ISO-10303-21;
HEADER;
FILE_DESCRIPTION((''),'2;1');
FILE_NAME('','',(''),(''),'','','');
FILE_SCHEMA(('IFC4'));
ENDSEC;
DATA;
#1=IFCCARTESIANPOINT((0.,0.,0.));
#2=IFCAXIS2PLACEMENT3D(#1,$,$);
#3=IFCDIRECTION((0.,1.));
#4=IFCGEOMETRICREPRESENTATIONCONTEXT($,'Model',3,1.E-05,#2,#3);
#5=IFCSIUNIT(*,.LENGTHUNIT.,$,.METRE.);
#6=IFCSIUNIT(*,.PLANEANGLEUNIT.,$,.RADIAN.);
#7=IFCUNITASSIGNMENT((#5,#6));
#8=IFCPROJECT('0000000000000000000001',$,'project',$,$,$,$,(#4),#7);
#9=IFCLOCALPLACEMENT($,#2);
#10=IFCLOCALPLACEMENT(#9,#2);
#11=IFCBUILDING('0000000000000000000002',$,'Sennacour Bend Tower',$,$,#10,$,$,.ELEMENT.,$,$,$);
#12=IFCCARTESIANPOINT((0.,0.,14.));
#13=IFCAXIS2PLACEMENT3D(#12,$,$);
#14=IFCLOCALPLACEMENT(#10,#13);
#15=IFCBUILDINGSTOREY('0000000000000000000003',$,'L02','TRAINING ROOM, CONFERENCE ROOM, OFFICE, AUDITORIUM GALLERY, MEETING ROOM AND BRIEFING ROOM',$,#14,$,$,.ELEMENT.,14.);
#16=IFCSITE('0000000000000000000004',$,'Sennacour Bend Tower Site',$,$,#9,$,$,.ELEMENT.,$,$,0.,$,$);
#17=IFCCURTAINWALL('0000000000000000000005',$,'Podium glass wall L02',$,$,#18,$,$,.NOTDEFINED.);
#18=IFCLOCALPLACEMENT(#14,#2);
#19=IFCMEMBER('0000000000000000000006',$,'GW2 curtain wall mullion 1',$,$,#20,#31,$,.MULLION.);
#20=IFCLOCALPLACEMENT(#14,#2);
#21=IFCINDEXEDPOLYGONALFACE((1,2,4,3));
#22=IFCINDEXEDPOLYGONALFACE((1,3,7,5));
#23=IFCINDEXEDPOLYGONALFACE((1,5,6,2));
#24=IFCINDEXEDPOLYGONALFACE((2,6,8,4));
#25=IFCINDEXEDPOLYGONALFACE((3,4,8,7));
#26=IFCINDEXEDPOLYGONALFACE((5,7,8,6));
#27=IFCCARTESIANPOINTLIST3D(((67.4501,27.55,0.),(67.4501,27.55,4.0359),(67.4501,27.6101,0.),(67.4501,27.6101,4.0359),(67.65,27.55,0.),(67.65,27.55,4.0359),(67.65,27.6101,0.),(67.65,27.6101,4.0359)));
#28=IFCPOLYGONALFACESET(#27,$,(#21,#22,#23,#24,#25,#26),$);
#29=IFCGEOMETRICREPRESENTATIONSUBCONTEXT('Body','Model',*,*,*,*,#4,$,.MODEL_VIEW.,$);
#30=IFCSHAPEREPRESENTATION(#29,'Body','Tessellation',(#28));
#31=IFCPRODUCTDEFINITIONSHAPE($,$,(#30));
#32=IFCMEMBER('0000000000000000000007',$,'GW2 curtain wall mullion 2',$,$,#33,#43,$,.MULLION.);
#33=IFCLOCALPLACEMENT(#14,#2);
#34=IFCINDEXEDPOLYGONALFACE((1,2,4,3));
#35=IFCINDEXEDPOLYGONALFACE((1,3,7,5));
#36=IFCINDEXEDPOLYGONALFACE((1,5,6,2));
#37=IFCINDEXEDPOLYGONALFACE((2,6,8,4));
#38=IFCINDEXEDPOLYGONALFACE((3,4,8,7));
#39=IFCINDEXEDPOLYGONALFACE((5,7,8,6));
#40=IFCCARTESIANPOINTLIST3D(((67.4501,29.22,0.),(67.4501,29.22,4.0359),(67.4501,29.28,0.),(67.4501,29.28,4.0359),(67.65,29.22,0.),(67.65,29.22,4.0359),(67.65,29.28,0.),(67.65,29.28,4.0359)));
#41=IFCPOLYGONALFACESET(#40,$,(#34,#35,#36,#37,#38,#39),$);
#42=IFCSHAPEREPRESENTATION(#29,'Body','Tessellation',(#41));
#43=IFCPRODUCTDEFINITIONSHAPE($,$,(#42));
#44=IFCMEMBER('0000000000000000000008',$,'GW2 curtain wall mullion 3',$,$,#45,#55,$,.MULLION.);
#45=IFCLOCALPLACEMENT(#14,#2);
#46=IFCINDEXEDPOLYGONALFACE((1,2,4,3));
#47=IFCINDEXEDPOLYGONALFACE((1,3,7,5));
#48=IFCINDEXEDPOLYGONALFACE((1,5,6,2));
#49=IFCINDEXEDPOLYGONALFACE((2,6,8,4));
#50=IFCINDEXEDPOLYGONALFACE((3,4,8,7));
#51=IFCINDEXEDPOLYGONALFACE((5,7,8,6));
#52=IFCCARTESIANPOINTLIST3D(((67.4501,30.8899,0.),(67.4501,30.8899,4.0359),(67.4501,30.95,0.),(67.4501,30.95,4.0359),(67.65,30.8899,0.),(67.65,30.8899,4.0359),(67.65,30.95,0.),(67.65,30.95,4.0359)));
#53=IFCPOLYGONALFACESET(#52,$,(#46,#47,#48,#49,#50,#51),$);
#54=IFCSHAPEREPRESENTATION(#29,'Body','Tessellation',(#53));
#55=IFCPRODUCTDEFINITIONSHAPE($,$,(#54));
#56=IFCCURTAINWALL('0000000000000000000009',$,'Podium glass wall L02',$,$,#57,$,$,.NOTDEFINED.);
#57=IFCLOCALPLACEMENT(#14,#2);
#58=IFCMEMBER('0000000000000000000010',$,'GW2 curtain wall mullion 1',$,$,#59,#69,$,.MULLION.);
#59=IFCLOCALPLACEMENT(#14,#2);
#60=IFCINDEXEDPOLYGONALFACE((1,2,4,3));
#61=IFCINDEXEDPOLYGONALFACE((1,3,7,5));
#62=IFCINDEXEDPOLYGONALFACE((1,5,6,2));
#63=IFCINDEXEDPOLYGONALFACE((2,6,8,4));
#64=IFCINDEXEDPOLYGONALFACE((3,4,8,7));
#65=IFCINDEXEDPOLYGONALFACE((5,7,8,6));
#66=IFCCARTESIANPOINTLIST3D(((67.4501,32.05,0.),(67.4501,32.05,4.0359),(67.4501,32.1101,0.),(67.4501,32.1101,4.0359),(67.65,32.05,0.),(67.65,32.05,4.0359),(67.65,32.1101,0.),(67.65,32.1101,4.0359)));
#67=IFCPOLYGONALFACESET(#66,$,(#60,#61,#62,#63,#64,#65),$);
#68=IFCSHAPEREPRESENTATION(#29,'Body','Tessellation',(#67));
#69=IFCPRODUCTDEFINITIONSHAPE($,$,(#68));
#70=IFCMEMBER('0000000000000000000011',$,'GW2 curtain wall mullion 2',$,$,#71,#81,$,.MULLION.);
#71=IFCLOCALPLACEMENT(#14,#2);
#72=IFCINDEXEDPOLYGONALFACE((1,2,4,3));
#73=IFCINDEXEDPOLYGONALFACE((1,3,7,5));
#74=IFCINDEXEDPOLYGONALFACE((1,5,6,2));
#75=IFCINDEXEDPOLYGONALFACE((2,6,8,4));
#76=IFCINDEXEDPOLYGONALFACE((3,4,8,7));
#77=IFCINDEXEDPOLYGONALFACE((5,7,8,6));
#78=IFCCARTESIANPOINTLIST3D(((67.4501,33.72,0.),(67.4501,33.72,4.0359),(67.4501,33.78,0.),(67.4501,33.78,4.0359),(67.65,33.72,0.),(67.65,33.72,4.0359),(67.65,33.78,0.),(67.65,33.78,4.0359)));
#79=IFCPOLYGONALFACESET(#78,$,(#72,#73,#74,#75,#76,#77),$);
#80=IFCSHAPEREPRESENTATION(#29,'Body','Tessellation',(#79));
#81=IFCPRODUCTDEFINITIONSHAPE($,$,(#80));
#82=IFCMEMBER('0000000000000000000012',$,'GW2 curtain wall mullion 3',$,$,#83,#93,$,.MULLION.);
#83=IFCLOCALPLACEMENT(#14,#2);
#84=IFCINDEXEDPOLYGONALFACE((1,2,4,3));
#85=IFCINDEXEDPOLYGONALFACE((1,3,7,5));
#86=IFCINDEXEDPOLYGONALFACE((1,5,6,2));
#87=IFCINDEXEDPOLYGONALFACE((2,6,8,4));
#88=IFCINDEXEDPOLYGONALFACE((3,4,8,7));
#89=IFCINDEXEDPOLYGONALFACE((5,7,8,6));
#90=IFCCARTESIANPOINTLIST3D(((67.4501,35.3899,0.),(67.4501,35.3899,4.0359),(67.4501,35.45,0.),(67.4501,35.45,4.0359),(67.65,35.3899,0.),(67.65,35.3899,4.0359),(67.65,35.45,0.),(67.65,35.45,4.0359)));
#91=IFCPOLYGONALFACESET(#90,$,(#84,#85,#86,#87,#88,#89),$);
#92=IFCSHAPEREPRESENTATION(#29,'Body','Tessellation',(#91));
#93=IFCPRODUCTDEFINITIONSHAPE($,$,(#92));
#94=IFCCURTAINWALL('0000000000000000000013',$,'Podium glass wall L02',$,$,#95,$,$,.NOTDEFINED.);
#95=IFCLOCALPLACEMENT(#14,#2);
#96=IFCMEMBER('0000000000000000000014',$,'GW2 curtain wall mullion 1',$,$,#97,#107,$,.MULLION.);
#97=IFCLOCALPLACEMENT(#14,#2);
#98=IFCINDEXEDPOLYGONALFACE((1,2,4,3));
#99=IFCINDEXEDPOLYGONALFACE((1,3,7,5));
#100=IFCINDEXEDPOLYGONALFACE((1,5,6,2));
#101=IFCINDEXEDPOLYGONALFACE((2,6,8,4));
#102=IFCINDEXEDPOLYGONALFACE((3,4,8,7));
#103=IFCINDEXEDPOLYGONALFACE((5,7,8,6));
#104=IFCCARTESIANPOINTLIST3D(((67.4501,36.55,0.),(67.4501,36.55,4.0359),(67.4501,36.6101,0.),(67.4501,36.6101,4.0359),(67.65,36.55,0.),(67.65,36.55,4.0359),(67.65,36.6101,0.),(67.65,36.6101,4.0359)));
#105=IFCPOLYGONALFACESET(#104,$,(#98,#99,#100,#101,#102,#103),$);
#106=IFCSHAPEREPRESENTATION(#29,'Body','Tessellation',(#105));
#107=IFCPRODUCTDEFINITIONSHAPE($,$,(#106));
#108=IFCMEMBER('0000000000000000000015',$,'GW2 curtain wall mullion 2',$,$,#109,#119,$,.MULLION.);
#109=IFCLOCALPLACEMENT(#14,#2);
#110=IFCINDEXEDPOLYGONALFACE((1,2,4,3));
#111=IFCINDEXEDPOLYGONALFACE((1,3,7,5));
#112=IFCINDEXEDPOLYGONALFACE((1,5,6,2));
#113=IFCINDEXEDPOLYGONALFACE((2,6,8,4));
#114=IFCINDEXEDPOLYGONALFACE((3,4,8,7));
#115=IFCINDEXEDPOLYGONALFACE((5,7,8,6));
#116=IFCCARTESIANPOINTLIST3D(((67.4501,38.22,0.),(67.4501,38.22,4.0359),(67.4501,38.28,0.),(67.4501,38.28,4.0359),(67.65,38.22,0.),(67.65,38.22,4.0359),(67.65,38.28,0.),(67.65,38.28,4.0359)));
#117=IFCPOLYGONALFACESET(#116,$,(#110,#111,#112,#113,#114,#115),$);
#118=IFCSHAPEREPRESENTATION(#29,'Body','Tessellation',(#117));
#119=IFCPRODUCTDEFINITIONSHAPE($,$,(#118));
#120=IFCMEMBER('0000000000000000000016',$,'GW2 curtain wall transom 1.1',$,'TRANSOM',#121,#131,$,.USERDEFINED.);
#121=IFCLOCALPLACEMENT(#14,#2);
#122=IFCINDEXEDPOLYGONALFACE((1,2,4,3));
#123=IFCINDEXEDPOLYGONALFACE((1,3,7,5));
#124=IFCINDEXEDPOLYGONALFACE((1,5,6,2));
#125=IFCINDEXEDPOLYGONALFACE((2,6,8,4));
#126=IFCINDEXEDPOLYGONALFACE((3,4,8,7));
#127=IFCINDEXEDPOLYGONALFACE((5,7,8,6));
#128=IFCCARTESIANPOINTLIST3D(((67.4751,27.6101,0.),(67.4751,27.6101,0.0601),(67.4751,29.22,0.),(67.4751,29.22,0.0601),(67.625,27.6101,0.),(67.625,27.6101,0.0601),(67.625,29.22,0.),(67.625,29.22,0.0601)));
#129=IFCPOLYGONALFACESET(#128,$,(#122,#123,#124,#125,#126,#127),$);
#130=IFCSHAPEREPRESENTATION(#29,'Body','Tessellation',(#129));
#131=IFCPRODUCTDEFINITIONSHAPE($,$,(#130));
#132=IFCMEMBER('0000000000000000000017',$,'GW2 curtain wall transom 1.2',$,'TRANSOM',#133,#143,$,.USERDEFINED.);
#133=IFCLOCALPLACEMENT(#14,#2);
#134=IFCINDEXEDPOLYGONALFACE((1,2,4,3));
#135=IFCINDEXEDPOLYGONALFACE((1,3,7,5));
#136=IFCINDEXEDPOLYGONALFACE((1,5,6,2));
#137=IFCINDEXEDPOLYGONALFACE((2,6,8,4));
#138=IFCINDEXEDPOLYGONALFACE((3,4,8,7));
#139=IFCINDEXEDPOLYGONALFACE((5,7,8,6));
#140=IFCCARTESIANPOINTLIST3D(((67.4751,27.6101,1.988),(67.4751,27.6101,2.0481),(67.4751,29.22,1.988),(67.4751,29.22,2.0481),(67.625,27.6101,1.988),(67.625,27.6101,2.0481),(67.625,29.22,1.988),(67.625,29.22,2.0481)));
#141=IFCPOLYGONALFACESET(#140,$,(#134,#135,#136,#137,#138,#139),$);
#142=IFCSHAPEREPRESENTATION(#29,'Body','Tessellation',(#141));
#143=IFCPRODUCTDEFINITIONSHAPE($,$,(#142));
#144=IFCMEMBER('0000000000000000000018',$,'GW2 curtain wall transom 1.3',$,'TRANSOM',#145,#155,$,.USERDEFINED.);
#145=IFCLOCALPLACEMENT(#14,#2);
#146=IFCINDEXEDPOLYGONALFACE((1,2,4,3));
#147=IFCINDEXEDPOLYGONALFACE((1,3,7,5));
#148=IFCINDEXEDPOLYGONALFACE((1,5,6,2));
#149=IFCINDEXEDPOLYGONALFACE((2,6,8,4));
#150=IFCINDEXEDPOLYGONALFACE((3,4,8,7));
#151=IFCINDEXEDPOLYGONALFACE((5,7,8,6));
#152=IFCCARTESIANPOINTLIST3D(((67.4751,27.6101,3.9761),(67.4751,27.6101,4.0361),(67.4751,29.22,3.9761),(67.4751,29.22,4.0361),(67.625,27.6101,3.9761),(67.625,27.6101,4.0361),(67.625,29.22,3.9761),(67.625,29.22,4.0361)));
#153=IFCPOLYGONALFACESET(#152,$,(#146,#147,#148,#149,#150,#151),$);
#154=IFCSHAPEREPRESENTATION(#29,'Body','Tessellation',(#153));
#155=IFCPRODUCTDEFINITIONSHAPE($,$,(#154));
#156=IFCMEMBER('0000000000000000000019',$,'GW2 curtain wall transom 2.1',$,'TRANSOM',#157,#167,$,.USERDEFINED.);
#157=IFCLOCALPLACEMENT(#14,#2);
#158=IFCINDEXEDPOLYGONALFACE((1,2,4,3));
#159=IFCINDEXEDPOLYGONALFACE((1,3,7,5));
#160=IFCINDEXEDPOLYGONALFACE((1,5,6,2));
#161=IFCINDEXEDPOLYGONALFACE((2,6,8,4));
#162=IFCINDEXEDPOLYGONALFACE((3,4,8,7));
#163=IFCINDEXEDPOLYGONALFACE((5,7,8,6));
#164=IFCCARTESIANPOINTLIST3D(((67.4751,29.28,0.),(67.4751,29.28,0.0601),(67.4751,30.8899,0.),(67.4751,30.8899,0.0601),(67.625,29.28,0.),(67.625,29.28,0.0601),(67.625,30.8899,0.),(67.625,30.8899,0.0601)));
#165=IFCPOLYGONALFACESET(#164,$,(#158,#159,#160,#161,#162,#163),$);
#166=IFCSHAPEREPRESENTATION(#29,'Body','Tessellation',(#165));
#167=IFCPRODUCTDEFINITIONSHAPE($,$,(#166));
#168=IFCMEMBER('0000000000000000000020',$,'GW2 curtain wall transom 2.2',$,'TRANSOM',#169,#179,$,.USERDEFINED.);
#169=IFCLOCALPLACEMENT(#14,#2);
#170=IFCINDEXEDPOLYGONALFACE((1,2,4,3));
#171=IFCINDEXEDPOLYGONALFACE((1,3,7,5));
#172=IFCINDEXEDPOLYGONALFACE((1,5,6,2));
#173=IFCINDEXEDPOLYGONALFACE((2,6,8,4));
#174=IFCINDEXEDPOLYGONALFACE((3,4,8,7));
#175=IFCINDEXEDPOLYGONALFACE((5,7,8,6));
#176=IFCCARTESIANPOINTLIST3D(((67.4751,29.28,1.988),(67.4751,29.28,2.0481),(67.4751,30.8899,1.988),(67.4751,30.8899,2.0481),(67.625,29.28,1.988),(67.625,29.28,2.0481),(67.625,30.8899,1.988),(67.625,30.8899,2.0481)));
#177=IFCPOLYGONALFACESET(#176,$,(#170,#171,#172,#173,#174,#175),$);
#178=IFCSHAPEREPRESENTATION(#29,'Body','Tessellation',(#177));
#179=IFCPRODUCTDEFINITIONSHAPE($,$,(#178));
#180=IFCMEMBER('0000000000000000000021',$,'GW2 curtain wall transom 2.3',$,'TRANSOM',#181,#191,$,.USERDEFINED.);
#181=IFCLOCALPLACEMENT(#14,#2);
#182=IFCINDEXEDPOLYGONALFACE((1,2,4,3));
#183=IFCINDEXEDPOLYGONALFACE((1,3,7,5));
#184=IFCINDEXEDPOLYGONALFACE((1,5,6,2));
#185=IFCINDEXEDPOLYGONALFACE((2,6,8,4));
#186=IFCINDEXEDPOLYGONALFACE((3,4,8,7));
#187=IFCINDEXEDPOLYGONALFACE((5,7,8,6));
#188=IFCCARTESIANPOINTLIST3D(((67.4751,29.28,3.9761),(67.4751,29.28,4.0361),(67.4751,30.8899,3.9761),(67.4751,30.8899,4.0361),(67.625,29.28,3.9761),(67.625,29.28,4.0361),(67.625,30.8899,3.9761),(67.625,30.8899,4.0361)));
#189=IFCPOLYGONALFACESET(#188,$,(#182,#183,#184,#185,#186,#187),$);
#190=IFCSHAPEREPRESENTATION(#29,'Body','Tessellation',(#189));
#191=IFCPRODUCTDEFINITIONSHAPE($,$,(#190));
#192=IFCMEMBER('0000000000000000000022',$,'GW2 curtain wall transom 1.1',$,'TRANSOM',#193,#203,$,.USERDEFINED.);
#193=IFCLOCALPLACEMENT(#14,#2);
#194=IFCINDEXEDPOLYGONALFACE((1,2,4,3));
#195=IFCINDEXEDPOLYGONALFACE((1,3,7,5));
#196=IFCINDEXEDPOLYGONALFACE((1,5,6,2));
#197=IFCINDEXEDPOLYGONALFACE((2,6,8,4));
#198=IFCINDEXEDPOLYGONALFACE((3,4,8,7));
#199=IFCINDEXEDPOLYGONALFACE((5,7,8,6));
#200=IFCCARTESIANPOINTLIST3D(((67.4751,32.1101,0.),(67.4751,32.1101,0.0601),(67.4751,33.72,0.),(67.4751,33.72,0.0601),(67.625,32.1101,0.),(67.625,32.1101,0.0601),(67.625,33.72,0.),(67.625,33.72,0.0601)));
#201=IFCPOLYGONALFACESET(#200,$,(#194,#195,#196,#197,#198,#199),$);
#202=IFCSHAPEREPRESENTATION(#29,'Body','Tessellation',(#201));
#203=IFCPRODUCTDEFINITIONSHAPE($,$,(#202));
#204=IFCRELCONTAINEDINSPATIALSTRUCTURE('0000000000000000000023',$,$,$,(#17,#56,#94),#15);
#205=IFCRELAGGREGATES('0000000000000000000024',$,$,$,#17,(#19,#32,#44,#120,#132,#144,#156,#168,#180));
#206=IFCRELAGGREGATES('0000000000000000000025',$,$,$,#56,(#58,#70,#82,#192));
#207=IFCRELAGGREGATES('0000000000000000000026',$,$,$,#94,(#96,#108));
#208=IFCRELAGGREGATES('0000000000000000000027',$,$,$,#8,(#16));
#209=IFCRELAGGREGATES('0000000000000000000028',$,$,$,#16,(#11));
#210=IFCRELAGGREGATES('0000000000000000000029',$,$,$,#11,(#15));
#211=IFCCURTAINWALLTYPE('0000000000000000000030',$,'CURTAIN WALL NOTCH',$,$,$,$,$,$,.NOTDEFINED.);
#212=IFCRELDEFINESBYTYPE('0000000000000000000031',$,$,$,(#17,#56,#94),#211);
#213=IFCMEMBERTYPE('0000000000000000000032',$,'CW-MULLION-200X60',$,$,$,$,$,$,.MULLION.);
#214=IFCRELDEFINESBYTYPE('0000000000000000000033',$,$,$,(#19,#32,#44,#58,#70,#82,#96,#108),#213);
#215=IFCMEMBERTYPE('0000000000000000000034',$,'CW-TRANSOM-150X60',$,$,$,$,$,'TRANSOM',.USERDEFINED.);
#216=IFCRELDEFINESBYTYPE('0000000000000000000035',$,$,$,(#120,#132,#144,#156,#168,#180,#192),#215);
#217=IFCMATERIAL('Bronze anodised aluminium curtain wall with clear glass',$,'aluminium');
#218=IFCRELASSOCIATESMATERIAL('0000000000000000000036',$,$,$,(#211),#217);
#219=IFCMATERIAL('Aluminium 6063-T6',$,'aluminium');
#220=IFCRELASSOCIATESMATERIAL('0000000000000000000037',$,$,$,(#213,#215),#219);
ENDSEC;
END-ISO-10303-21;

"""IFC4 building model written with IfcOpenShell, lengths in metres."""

from ifc_helpers import new_model, si_unit, direction, frame, origin, origin_2d, place, context, subcontext, project, spatial, rectangle, extrude, material, material_profile, profile_set, type_object, element, aggregate, save


model = new_model("IFC4")

# Units and contexts
model_context = context("Model", 3, precision=1e-05, world=origin(), true_north=direction((0.0, 1.0)))
body_context = subcontext(model_context, "Body", "Model", "MODEL_VIEW")
ifc_project = project(units=[si_unit("LENGTHUNIT", "METRE"), si_unit("PLANEANGLEUNIT", "RADIAN")], contexts=[model_context])

# Site, building, storey
site_placement = place(None, origin())
site = spatial("IfcSite", under=ifc_project, at=site_placement, Name="Sennacour Bend Tower Site", CompositionType="ELEMENT", RefElevation=0.0)
building_placement = place(site_placement, origin())
building = spatial("IfcBuilding", under=site, at=building_placement, Name="Sennacour Bend Tower", CompositionType="ELEMENT")
storey_placement = place(building_placement, frame((0.0, 0.0, 14.0)))
storey = spatial("IfcBuildingStorey", under=building, at=storey_placement, Name="L02", Description="TRAINING ROOM, CONFERENCE ROOM, OFFICE, AUDITORIUM GALLERY, MEETING ROOM AND BRIEFING ROOM", CompositionType="ELEMENT", Elevation=14.0)

# Curtain walls, members
ifc_material_1 = material(Name="Bronze anodised aluminium curtain wall with clear glass", Category="aluminium")
curtain_wall_type = type_object("IfcCurtainWallType", Name="CURTAIN WALL NOTCH", PredefinedType="NOTDEFINED", material=ifc_material_1)
curtain_wall_1_placement = place(storey_placement, origin())
curtain_wall_1 = element("IfcCurtainWall", 1, at=curtain_wall_1_placement, inside=storey, type_object=curtain_wall_type, Name="Podium glass wall L02", PredefinedType="NOTDEFINED")
ifc_material_2 = material(Name="Aluminium 6063-T6", Category="aluminium")
ifc_material_profile_1 = material_profile(ifc_material_2, rectangle(XDim=0.2, YDim=0.0601, at=origin_2d()), Name="Aluminium 6063-T6", Category="aluminium")
ifc_profile_set_1 = profile_set([ifc_material_profile_1], Name="Aluminium 6063-T6")
member_type_1 = type_object("IfcMemberType", Name="CW-MULLION-200X60", PredefinedType="MULLION", material=ifc_profile_set_1)
member_1_placement = place(storey_placement, frame((67.55, 27.5801, 0.0), z_axis=(0.0, 0.0, 1.0), x_axis=(-1.0, 0.0, 0.0)))
member_1 = element("IfcMember", 2, at=member_1_placement, type_object=member_type_1, Name="GW2 curtain wall mullion 1", PredefinedType="MULLION", context=body_context, shape_type="SweptSolid", body=[
    extrude(rectangle(XDim=0.2, YDim=0.0601, at=origin_2d()), origin(), (0.0, 0.0, 1.0), 4.0359),
])
member_2_placement = place(storey_placement, frame((67.55, 29.25, 0.0), z_axis=(0.0, 0.0, 1.0), x_axis=(-1.0, 0.0, 0.0)))
member_2 = element("IfcMember", 3, at=member_2_placement, type_object=member_type_1, Name="GW2 curtain wall mullion 2", PredefinedType="MULLION", context=body_context, shape_type="SweptSolid", body=[
    extrude(rectangle(XDim=0.2, YDim=0.0601, at=origin_2d()), origin(), (0.0, 0.0, 1.0), 4.0359),
])
member_3_placement = place(storey_placement, frame((67.55, 30.9199, 0.0), z_axis=(0.0, 0.0, 1.0), x_axis=(-1.0, 0.0, 0.0)))
member_3 = element("IfcMember", 4, at=member_3_placement, type_object=member_type_1, Name="GW2 curtain wall mullion 3", PredefinedType="MULLION", context=body_context, shape_type="SweptSolid", body=[
    extrude(rectangle(XDim=0.2, YDim=0.0601, at=origin_2d()), origin(), (0.0, 0.0, 1.0), 4.0359),
])
curtain_wall_2_placement = place(storey_placement, origin())
curtain_wall_2 = element("IfcCurtainWall", 5, at=curtain_wall_2_placement, inside=storey, type_object=curtain_wall_type, Name="Podium glass wall L02", PredefinedType="NOTDEFINED")
member_4_placement = place(storey_placement, frame((67.55, 32.0801, 0.0), z_axis=(0.0, 0.0, 1.0), x_axis=(-1.0, 0.0, 0.0)))
member_4 = element("IfcMember", 6, at=member_4_placement, type_object=member_type_1, Name="GW2 curtain wall mullion 1", PredefinedType="MULLION", context=body_context, shape_type="SweptSolid", body=[
    extrude(rectangle(XDim=0.2, YDim=0.0601, at=origin_2d()), origin(), (0.0, 0.0, 1.0), 4.0359),
])
member_5_placement = place(storey_placement, frame((67.55, 33.75, 0.0), z_axis=(0.0, 0.0, 1.0), x_axis=(-1.0, 0.0, 0.0)))
member_5 = element("IfcMember", 7, at=member_5_placement, type_object=member_type_1, Name="GW2 curtain wall mullion 2", PredefinedType="MULLION", context=body_context, shape_type="SweptSolid", body=[
    extrude(rectangle(XDim=0.2, YDim=0.0601, at=origin_2d()), origin(), (0.0, 0.0, 1.0), 4.0359),
])
member_6_placement = place(storey_placement, frame((67.55, 35.4199, 0.0), z_axis=(0.0, 0.0, 1.0), x_axis=(-1.0, 0.0, 0.0)))
member_6 = element("IfcMember", 8, at=member_6_placement, type_object=member_type_1, Name="GW2 curtain wall mullion 3", PredefinedType="MULLION", context=body_context, shape_type="SweptSolid", body=[
    extrude(rectangle(XDim=0.2, YDim=0.0601, at=origin_2d()), origin(), (0.0, 0.0, 1.0), 4.0359),
])
curtain_wall_3_placement = place(storey_placement, origin())
curtain_wall_3 = element("IfcCurtainWall", 9, at=curtain_wall_3_placement, inside=storey, type_object=curtain_wall_type, Name="Podium glass wall L02", PredefinedType="NOTDEFINED")
member_7_placement = place(storey_placement, frame((67.55, 36.5801, 0.0), z_axis=(0.0, 0.0, 1.0), x_axis=(-1.0, 0.0, 0.0)))
member_7 = element("IfcMember", 10, at=member_7_placement, type_object=member_type_1, Name="GW2 curtain wall mullion 1", PredefinedType="MULLION", context=body_context, shape_type="SweptSolid", body=[
    extrude(rectangle(XDim=0.2, YDim=0.0601, at=origin_2d()), origin(), (0.0, 0.0, 1.0), 4.0359),
])
member_8_placement = place(storey_placement, frame((67.55, 38.25, 0.0), z_axis=(0.0, 0.0, 1.0), x_axis=(-1.0, 0.0, 0.0)))
member_8 = element("IfcMember", 11, at=member_8_placement, type_object=member_type_1, Name="GW2 curtain wall mullion 2", PredefinedType="MULLION", context=body_context, shape_type="SweptSolid", body=[
    extrude(rectangle(XDim=0.2, YDim=0.0601, at=origin_2d()), origin(), (0.0, 0.0, 1.0), 4.0359),
])

# Members
ifc_material_profile_2 = material_profile(ifc_material_2, rectangle(XDim=0.1499, YDim=0.0601, at=origin_2d()), Name="Aluminium 6063-T6", Category="aluminium")
ifc_profile_set_2 = profile_set([ifc_material_profile_2], Name="Aluminium 6063-T6")
member_type_2 = type_object("IfcMemberType", Name="CW-TRANSOM-150X60", ElementType="TRANSOM", PredefinedType="USERDEFINED", material=ifc_profile_set_2)
member_9_placement = place(storey_placement, frame((67.55, 27.6101, 0.03), z_axis=(0.0, 1.0, 0.0), x_axis=(-1.0, 0.0, 0.0)))
member_9 = element("IfcMember", 12, at=member_9_placement, type_object=member_type_2, Name="GW2 curtain wall transom 1.1", ObjectType="TRANSOM", PredefinedType="USERDEFINED", context=body_context, shape_type="SweptSolid", body=[
    extrude(rectangle(XDim=0.1499, YDim=0.0601, at=origin_2d()), origin(), (0.0, 0.0, 1.0), 1.6099),
])
member_10_placement = place(storey_placement, frame((67.55, 27.6101, 2.0181), z_axis=(0.0, 1.0, 0.0), x_axis=(-1.0, 0.0, 0.0)))
member_10 = element("IfcMember", 13, at=member_10_placement, type_object=member_type_2, Name="GW2 curtain wall transom 1.2", ObjectType="TRANSOM", PredefinedType="USERDEFINED", context=body_context, shape_type="SweptSolid", body=[
    extrude(rectangle(XDim=0.1499, YDim=0.0601, at=origin_2d()), origin(), (0.0, 0.0, 1.0), 1.6099),
])
member_11_placement = place(storey_placement, frame((67.55, 27.6101, 4.0061), z_axis=(0.0, 1.0, 0.0), x_axis=(-1.0, 0.0, 0.0)))
member_11 = element("IfcMember", 14, at=member_11_placement, type_object=member_type_2, Name="GW2 curtain wall transom 1.3", ObjectType="TRANSOM", PredefinedType="USERDEFINED", context=body_context, shape_type="SweptSolid", body=[
    extrude(rectangle(XDim=0.1499, YDim=0.0601, at=origin_2d()), origin(), (0.0, 0.0, 1.0), 1.6099),
])
member_12_placement = place(storey_placement, frame((67.55, 29.28, 0.03), z_axis=(0.0, 1.0, 0.0), x_axis=(-1.0, 0.0, 0.0)))
member_12 = element("IfcMember", 15, at=member_12_placement, type_object=member_type_2, Name="GW2 curtain wall transom 2.1", ObjectType="TRANSOM", PredefinedType="USERDEFINED", context=body_context, shape_type="SweptSolid", body=[
    extrude(rectangle(XDim=0.1499, YDim=0.0601, at=origin_2d()), origin(), (0.0, 0.0, 1.0), 1.6099),
])
member_13_placement = place(storey_placement, frame((67.55, 29.28, 2.0181), z_axis=(0.0, 1.0, 0.0), x_axis=(-1.0, 0.0, 0.0)))
member_13 = element("IfcMember", 16, at=member_13_placement, type_object=member_type_2, Name="GW2 curtain wall transom 2.2", ObjectType="TRANSOM", PredefinedType="USERDEFINED", context=body_context, shape_type="SweptSolid", body=[
    extrude(rectangle(XDim=0.1499, YDim=0.0601, at=origin_2d()), origin(), (0.0, 0.0, 1.0), 1.6099),
])
member_14_placement = place(storey_placement, frame((67.55, 29.28, 4.0061), z_axis=(0.0, 1.0, 0.0), x_axis=(-1.0, 0.0, 0.0)))
member_14 = element("IfcMember", 17, at=member_14_placement, type_object=member_type_2, Name="GW2 curtain wall transom 2.3", ObjectType="TRANSOM", PredefinedType="USERDEFINED", context=body_context, shape_type="SweptSolid", body=[
    extrude(rectangle(XDim=0.1499, YDim=0.0601, at=origin_2d()), origin(), (0.0, 0.0, 1.0), 1.6099),
])
member_15_placement = place(storey_placement, frame((67.55, 32.1101, 0.03), z_axis=(0.0, 1.0, 0.0), x_axis=(-1.0, 0.0, 0.0)))
member_15 = element("IfcMember", 18, at=member_15_placement, type_object=member_type_2, Name="GW2 curtain wall transom 1.1", ObjectType="TRANSOM", PredefinedType="USERDEFINED", context=body_context, shape_type="SweptSolid", body=[
    extrude(rectangle(XDim=0.1499, YDim=0.0601, at=origin_2d()), origin(), (0.0, 0.0, 1.0), 1.6099),
])

aggregate(curtain_wall_1, [member_1, member_2, member_3, member_9, member_10, member_11, member_12, member_13, member_14])
aggregate(curtain_wall_2, [member_4, member_5, member_6, member_15])
aggregate(curtain_wall_3, [member_7, member_8])

save(model, "model.ifc")
